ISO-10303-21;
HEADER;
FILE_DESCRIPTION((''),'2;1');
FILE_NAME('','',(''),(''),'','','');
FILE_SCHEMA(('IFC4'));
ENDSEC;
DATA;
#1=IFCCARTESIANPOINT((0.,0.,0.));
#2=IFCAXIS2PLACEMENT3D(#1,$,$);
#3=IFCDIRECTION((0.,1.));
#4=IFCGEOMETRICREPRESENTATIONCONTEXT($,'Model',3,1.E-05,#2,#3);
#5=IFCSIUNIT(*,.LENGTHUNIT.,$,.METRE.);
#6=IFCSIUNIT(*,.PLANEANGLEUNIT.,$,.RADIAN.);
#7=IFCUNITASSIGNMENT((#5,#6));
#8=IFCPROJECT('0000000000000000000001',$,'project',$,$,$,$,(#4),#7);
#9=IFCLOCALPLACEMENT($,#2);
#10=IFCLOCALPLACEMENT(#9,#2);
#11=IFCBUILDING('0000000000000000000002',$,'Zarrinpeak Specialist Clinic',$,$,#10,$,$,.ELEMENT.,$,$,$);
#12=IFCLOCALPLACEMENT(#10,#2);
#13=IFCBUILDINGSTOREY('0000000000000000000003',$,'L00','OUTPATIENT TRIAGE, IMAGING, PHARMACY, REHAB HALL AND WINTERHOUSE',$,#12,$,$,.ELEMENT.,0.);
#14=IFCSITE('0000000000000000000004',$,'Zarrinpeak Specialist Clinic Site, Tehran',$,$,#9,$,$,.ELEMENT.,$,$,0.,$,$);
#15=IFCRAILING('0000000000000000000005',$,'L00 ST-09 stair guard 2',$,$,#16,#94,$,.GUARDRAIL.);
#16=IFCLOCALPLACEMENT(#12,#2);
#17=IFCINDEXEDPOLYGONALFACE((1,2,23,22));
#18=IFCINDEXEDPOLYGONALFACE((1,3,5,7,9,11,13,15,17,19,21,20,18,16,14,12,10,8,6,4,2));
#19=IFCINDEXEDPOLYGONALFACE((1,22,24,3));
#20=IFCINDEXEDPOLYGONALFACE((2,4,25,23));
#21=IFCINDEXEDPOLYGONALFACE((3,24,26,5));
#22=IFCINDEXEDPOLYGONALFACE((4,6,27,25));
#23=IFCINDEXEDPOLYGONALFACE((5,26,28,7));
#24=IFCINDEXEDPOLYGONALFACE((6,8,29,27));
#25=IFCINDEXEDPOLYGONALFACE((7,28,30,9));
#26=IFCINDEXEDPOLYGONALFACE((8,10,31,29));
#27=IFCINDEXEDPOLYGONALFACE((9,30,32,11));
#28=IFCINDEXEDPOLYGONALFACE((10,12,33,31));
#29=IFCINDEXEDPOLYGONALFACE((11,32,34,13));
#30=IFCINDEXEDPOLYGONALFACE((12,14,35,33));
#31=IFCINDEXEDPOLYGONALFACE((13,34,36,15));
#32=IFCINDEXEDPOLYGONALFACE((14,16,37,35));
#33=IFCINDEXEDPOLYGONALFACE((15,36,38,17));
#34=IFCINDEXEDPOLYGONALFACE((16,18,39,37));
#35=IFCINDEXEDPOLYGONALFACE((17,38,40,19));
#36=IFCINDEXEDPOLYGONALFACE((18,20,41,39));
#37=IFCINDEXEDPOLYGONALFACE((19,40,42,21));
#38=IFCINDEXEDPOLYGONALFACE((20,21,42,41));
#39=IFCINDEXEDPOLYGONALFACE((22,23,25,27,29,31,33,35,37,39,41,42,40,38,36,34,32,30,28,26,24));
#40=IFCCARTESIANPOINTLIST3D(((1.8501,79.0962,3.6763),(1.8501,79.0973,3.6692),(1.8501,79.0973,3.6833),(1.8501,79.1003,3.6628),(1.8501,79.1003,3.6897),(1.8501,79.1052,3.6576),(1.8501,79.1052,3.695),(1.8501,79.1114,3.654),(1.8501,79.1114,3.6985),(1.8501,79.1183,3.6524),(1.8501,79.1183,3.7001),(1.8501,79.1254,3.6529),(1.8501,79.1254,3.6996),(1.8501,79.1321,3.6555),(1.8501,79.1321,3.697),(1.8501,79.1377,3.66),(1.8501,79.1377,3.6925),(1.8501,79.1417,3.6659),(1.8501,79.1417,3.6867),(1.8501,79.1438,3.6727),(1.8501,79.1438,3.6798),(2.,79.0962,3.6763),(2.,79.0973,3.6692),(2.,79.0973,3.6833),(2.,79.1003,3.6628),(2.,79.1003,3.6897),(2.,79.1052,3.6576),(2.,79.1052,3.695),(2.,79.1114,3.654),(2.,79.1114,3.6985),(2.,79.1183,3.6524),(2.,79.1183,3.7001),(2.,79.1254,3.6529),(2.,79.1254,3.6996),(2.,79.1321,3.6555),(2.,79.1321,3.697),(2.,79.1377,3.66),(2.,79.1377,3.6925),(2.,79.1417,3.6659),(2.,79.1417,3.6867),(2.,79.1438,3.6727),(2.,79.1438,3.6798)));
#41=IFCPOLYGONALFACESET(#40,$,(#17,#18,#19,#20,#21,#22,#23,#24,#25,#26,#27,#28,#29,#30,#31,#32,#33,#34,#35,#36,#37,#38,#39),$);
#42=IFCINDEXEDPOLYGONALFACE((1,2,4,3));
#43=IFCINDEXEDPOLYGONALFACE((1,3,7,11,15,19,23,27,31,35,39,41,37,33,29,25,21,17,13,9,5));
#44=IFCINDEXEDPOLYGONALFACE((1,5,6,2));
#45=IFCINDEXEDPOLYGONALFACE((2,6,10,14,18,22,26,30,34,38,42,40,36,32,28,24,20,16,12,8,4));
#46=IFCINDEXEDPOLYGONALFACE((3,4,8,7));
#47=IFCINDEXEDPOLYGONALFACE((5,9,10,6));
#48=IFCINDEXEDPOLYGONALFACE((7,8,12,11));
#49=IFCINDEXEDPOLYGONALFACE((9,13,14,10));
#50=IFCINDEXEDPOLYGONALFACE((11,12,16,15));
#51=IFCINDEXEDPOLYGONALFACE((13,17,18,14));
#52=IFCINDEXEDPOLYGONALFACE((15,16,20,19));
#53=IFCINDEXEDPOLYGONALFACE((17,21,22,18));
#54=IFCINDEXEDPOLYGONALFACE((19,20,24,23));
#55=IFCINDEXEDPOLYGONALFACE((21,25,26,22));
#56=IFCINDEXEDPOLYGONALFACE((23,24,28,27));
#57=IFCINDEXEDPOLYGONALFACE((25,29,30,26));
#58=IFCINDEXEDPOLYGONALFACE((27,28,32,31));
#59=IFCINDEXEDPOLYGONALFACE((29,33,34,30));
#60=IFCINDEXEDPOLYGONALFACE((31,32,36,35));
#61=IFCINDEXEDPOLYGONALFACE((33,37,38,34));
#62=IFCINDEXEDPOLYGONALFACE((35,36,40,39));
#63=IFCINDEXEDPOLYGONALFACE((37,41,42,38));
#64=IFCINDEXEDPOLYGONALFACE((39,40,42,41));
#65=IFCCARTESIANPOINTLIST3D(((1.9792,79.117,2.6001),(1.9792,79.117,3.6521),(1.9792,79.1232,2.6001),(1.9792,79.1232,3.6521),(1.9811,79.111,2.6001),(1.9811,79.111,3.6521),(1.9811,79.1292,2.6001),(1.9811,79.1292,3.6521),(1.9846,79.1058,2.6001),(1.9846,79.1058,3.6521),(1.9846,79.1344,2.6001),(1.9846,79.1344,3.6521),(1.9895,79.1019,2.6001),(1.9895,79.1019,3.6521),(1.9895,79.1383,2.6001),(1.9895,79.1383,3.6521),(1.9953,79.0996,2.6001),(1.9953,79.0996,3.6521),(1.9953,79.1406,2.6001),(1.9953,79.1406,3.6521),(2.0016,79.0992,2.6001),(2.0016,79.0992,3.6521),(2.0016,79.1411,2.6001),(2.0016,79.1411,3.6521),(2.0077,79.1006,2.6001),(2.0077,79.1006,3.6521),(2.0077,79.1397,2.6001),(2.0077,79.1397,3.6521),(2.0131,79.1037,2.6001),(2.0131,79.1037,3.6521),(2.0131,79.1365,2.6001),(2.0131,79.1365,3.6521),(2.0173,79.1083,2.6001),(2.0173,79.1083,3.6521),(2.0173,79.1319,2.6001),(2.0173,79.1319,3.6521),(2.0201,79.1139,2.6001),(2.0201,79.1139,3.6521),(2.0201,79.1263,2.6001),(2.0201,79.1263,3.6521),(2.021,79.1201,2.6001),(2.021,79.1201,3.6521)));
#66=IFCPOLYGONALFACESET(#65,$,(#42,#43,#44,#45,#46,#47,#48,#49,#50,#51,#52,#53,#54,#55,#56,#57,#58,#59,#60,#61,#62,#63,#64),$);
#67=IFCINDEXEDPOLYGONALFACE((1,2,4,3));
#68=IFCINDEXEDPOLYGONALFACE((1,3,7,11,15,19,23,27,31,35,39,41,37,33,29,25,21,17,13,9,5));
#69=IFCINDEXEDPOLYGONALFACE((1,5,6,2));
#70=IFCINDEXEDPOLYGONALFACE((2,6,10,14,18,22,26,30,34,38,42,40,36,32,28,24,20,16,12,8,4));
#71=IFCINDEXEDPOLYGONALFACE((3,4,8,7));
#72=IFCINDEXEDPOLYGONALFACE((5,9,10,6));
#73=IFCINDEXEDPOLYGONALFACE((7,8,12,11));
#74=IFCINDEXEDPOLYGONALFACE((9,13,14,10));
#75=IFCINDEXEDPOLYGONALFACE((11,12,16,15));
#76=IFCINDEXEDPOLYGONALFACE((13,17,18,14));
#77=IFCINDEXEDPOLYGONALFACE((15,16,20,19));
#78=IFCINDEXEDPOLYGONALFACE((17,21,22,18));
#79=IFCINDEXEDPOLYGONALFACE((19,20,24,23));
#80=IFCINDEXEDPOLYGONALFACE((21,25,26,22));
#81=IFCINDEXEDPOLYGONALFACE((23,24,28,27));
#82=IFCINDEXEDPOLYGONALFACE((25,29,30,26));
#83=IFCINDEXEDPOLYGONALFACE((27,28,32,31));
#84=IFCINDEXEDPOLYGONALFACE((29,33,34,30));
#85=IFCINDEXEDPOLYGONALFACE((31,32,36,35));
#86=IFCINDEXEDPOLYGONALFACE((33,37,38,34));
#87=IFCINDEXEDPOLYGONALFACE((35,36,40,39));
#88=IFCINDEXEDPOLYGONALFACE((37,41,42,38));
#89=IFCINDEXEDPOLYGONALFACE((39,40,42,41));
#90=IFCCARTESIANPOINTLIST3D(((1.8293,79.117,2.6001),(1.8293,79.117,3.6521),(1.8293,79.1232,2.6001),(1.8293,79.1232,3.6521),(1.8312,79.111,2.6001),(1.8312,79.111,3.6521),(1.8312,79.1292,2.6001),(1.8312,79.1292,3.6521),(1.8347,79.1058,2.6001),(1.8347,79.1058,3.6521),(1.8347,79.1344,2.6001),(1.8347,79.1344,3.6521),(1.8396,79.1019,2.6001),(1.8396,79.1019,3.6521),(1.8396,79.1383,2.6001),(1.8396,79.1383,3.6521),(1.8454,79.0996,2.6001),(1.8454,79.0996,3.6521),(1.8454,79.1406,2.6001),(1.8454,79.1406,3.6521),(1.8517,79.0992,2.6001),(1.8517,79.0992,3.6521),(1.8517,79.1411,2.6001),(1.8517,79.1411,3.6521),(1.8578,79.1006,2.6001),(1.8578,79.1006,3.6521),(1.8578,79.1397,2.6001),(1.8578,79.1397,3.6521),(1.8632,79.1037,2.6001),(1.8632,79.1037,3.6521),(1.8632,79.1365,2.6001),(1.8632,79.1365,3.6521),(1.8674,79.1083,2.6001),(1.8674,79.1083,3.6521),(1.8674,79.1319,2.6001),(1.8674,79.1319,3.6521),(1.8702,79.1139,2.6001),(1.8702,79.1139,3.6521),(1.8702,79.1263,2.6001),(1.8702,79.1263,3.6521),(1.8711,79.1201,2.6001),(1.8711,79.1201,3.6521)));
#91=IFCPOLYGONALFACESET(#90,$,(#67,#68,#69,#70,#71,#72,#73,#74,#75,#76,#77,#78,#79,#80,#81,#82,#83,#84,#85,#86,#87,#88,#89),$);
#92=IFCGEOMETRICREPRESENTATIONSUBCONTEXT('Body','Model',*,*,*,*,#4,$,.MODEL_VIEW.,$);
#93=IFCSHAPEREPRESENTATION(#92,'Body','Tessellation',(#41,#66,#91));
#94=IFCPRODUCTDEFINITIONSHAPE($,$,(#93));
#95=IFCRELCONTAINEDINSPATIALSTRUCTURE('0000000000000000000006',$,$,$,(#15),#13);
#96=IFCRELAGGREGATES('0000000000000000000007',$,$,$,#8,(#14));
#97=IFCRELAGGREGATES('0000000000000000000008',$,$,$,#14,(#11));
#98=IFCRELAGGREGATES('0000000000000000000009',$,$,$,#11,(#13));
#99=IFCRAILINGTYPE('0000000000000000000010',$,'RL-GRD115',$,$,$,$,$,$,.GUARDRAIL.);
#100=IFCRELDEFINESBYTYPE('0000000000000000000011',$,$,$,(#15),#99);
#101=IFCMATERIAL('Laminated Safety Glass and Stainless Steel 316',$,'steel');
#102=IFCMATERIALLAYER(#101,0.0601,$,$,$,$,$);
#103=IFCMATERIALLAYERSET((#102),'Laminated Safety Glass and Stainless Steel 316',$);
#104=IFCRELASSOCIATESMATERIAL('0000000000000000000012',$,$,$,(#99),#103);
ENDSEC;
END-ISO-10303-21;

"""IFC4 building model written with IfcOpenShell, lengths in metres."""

from ifc_helpers import new_model, si_unit, direction, frame, origin, origin_2d, place, context, subcontext, project, spatial, circle, extrude, material, layer, layer_set, type_object, element, save


model = new_model("IFC4")

# Units and contexts
model_context = context("Model", 3, precision=1e-05, world=origin(), true_north=direction((0.0, 1.0)))
body_context = subcontext(model_context, "Body", "Model", "MODEL_VIEW")
ifc_project = project(units=[si_unit("LENGTHUNIT", "METRE"), si_unit("PLANEANGLEUNIT", "RADIAN")], contexts=[model_context])

# Site, building, storey
site_placement = place(None, origin())
site = spatial("IfcSite", under=ifc_project, at=site_placement, Name="Zarrinpeak Specialist Clinic Site, Tehran", CompositionType="ELEMENT", RefElevation=0.0)
building_placement = place(site_placement, origin())
building = spatial("IfcBuilding", under=site, at=building_placement, Name="Zarrinpeak Specialist Clinic", CompositionType="ELEMENT")
storey_placement = place(building_placement, origin())
storey = spatial("IfcBuildingStorey", under=building, at=storey_placement, Name="L00", Description="OUTPATIENT TRIAGE, IMAGING, PHARMACY, REHAB HALL AND WINTERHOUSE", CompositionType="ELEMENT", Elevation=0.0)

# Railing
ifc_material_1 = material(Name="Laminated Safety Glass and Stainless Steel 316", Category="steel")
ifc_layer_1 = layer(ifc_material_1, 0.0601)
ifc_layer_set_1 = layer_set([ifc_layer_1], Name="Laminated Safety Glass and Stainless Steel 316")
railing_type_1 = type_object("IfcRailingType", Name="RL-GRD115", PredefinedType="GUARDRAIL", material=ifc_layer_set_1)
railing_1_placement = place(storey_placement, frame((2.0, 79.1201, 2.6001)))
element("IfcRailing", 1, at=railing_1_placement, inside=storey, type_object=railing_type_1, Name="L00 ST-09 stair guard 2", PredefinedType="GUARDRAIL", context=body_context, shape_type="SweptSolid", body=[
    extrude(circle(Radius=0.0239, at=origin_2d()), frame((0.0, 0.0, 1.0762), z_axis=(-1.0, 0.0, 0.0), x_axis=(0.0, -1.0, 0.0)), (0.0, 0.0, 1.0), 0.1499),
    extrude(circle(Radius=0.021, at=origin_2d()), origin(), (0.0, 0.0, 1.0), 1.052),
    extrude(circle(Radius=0.021, at=origin_2d()), frame((-0.1499, 0.0, 0.0)), (0.0, 0.0, 1.0), 1.052),
])

save(model, "model.ifc")
